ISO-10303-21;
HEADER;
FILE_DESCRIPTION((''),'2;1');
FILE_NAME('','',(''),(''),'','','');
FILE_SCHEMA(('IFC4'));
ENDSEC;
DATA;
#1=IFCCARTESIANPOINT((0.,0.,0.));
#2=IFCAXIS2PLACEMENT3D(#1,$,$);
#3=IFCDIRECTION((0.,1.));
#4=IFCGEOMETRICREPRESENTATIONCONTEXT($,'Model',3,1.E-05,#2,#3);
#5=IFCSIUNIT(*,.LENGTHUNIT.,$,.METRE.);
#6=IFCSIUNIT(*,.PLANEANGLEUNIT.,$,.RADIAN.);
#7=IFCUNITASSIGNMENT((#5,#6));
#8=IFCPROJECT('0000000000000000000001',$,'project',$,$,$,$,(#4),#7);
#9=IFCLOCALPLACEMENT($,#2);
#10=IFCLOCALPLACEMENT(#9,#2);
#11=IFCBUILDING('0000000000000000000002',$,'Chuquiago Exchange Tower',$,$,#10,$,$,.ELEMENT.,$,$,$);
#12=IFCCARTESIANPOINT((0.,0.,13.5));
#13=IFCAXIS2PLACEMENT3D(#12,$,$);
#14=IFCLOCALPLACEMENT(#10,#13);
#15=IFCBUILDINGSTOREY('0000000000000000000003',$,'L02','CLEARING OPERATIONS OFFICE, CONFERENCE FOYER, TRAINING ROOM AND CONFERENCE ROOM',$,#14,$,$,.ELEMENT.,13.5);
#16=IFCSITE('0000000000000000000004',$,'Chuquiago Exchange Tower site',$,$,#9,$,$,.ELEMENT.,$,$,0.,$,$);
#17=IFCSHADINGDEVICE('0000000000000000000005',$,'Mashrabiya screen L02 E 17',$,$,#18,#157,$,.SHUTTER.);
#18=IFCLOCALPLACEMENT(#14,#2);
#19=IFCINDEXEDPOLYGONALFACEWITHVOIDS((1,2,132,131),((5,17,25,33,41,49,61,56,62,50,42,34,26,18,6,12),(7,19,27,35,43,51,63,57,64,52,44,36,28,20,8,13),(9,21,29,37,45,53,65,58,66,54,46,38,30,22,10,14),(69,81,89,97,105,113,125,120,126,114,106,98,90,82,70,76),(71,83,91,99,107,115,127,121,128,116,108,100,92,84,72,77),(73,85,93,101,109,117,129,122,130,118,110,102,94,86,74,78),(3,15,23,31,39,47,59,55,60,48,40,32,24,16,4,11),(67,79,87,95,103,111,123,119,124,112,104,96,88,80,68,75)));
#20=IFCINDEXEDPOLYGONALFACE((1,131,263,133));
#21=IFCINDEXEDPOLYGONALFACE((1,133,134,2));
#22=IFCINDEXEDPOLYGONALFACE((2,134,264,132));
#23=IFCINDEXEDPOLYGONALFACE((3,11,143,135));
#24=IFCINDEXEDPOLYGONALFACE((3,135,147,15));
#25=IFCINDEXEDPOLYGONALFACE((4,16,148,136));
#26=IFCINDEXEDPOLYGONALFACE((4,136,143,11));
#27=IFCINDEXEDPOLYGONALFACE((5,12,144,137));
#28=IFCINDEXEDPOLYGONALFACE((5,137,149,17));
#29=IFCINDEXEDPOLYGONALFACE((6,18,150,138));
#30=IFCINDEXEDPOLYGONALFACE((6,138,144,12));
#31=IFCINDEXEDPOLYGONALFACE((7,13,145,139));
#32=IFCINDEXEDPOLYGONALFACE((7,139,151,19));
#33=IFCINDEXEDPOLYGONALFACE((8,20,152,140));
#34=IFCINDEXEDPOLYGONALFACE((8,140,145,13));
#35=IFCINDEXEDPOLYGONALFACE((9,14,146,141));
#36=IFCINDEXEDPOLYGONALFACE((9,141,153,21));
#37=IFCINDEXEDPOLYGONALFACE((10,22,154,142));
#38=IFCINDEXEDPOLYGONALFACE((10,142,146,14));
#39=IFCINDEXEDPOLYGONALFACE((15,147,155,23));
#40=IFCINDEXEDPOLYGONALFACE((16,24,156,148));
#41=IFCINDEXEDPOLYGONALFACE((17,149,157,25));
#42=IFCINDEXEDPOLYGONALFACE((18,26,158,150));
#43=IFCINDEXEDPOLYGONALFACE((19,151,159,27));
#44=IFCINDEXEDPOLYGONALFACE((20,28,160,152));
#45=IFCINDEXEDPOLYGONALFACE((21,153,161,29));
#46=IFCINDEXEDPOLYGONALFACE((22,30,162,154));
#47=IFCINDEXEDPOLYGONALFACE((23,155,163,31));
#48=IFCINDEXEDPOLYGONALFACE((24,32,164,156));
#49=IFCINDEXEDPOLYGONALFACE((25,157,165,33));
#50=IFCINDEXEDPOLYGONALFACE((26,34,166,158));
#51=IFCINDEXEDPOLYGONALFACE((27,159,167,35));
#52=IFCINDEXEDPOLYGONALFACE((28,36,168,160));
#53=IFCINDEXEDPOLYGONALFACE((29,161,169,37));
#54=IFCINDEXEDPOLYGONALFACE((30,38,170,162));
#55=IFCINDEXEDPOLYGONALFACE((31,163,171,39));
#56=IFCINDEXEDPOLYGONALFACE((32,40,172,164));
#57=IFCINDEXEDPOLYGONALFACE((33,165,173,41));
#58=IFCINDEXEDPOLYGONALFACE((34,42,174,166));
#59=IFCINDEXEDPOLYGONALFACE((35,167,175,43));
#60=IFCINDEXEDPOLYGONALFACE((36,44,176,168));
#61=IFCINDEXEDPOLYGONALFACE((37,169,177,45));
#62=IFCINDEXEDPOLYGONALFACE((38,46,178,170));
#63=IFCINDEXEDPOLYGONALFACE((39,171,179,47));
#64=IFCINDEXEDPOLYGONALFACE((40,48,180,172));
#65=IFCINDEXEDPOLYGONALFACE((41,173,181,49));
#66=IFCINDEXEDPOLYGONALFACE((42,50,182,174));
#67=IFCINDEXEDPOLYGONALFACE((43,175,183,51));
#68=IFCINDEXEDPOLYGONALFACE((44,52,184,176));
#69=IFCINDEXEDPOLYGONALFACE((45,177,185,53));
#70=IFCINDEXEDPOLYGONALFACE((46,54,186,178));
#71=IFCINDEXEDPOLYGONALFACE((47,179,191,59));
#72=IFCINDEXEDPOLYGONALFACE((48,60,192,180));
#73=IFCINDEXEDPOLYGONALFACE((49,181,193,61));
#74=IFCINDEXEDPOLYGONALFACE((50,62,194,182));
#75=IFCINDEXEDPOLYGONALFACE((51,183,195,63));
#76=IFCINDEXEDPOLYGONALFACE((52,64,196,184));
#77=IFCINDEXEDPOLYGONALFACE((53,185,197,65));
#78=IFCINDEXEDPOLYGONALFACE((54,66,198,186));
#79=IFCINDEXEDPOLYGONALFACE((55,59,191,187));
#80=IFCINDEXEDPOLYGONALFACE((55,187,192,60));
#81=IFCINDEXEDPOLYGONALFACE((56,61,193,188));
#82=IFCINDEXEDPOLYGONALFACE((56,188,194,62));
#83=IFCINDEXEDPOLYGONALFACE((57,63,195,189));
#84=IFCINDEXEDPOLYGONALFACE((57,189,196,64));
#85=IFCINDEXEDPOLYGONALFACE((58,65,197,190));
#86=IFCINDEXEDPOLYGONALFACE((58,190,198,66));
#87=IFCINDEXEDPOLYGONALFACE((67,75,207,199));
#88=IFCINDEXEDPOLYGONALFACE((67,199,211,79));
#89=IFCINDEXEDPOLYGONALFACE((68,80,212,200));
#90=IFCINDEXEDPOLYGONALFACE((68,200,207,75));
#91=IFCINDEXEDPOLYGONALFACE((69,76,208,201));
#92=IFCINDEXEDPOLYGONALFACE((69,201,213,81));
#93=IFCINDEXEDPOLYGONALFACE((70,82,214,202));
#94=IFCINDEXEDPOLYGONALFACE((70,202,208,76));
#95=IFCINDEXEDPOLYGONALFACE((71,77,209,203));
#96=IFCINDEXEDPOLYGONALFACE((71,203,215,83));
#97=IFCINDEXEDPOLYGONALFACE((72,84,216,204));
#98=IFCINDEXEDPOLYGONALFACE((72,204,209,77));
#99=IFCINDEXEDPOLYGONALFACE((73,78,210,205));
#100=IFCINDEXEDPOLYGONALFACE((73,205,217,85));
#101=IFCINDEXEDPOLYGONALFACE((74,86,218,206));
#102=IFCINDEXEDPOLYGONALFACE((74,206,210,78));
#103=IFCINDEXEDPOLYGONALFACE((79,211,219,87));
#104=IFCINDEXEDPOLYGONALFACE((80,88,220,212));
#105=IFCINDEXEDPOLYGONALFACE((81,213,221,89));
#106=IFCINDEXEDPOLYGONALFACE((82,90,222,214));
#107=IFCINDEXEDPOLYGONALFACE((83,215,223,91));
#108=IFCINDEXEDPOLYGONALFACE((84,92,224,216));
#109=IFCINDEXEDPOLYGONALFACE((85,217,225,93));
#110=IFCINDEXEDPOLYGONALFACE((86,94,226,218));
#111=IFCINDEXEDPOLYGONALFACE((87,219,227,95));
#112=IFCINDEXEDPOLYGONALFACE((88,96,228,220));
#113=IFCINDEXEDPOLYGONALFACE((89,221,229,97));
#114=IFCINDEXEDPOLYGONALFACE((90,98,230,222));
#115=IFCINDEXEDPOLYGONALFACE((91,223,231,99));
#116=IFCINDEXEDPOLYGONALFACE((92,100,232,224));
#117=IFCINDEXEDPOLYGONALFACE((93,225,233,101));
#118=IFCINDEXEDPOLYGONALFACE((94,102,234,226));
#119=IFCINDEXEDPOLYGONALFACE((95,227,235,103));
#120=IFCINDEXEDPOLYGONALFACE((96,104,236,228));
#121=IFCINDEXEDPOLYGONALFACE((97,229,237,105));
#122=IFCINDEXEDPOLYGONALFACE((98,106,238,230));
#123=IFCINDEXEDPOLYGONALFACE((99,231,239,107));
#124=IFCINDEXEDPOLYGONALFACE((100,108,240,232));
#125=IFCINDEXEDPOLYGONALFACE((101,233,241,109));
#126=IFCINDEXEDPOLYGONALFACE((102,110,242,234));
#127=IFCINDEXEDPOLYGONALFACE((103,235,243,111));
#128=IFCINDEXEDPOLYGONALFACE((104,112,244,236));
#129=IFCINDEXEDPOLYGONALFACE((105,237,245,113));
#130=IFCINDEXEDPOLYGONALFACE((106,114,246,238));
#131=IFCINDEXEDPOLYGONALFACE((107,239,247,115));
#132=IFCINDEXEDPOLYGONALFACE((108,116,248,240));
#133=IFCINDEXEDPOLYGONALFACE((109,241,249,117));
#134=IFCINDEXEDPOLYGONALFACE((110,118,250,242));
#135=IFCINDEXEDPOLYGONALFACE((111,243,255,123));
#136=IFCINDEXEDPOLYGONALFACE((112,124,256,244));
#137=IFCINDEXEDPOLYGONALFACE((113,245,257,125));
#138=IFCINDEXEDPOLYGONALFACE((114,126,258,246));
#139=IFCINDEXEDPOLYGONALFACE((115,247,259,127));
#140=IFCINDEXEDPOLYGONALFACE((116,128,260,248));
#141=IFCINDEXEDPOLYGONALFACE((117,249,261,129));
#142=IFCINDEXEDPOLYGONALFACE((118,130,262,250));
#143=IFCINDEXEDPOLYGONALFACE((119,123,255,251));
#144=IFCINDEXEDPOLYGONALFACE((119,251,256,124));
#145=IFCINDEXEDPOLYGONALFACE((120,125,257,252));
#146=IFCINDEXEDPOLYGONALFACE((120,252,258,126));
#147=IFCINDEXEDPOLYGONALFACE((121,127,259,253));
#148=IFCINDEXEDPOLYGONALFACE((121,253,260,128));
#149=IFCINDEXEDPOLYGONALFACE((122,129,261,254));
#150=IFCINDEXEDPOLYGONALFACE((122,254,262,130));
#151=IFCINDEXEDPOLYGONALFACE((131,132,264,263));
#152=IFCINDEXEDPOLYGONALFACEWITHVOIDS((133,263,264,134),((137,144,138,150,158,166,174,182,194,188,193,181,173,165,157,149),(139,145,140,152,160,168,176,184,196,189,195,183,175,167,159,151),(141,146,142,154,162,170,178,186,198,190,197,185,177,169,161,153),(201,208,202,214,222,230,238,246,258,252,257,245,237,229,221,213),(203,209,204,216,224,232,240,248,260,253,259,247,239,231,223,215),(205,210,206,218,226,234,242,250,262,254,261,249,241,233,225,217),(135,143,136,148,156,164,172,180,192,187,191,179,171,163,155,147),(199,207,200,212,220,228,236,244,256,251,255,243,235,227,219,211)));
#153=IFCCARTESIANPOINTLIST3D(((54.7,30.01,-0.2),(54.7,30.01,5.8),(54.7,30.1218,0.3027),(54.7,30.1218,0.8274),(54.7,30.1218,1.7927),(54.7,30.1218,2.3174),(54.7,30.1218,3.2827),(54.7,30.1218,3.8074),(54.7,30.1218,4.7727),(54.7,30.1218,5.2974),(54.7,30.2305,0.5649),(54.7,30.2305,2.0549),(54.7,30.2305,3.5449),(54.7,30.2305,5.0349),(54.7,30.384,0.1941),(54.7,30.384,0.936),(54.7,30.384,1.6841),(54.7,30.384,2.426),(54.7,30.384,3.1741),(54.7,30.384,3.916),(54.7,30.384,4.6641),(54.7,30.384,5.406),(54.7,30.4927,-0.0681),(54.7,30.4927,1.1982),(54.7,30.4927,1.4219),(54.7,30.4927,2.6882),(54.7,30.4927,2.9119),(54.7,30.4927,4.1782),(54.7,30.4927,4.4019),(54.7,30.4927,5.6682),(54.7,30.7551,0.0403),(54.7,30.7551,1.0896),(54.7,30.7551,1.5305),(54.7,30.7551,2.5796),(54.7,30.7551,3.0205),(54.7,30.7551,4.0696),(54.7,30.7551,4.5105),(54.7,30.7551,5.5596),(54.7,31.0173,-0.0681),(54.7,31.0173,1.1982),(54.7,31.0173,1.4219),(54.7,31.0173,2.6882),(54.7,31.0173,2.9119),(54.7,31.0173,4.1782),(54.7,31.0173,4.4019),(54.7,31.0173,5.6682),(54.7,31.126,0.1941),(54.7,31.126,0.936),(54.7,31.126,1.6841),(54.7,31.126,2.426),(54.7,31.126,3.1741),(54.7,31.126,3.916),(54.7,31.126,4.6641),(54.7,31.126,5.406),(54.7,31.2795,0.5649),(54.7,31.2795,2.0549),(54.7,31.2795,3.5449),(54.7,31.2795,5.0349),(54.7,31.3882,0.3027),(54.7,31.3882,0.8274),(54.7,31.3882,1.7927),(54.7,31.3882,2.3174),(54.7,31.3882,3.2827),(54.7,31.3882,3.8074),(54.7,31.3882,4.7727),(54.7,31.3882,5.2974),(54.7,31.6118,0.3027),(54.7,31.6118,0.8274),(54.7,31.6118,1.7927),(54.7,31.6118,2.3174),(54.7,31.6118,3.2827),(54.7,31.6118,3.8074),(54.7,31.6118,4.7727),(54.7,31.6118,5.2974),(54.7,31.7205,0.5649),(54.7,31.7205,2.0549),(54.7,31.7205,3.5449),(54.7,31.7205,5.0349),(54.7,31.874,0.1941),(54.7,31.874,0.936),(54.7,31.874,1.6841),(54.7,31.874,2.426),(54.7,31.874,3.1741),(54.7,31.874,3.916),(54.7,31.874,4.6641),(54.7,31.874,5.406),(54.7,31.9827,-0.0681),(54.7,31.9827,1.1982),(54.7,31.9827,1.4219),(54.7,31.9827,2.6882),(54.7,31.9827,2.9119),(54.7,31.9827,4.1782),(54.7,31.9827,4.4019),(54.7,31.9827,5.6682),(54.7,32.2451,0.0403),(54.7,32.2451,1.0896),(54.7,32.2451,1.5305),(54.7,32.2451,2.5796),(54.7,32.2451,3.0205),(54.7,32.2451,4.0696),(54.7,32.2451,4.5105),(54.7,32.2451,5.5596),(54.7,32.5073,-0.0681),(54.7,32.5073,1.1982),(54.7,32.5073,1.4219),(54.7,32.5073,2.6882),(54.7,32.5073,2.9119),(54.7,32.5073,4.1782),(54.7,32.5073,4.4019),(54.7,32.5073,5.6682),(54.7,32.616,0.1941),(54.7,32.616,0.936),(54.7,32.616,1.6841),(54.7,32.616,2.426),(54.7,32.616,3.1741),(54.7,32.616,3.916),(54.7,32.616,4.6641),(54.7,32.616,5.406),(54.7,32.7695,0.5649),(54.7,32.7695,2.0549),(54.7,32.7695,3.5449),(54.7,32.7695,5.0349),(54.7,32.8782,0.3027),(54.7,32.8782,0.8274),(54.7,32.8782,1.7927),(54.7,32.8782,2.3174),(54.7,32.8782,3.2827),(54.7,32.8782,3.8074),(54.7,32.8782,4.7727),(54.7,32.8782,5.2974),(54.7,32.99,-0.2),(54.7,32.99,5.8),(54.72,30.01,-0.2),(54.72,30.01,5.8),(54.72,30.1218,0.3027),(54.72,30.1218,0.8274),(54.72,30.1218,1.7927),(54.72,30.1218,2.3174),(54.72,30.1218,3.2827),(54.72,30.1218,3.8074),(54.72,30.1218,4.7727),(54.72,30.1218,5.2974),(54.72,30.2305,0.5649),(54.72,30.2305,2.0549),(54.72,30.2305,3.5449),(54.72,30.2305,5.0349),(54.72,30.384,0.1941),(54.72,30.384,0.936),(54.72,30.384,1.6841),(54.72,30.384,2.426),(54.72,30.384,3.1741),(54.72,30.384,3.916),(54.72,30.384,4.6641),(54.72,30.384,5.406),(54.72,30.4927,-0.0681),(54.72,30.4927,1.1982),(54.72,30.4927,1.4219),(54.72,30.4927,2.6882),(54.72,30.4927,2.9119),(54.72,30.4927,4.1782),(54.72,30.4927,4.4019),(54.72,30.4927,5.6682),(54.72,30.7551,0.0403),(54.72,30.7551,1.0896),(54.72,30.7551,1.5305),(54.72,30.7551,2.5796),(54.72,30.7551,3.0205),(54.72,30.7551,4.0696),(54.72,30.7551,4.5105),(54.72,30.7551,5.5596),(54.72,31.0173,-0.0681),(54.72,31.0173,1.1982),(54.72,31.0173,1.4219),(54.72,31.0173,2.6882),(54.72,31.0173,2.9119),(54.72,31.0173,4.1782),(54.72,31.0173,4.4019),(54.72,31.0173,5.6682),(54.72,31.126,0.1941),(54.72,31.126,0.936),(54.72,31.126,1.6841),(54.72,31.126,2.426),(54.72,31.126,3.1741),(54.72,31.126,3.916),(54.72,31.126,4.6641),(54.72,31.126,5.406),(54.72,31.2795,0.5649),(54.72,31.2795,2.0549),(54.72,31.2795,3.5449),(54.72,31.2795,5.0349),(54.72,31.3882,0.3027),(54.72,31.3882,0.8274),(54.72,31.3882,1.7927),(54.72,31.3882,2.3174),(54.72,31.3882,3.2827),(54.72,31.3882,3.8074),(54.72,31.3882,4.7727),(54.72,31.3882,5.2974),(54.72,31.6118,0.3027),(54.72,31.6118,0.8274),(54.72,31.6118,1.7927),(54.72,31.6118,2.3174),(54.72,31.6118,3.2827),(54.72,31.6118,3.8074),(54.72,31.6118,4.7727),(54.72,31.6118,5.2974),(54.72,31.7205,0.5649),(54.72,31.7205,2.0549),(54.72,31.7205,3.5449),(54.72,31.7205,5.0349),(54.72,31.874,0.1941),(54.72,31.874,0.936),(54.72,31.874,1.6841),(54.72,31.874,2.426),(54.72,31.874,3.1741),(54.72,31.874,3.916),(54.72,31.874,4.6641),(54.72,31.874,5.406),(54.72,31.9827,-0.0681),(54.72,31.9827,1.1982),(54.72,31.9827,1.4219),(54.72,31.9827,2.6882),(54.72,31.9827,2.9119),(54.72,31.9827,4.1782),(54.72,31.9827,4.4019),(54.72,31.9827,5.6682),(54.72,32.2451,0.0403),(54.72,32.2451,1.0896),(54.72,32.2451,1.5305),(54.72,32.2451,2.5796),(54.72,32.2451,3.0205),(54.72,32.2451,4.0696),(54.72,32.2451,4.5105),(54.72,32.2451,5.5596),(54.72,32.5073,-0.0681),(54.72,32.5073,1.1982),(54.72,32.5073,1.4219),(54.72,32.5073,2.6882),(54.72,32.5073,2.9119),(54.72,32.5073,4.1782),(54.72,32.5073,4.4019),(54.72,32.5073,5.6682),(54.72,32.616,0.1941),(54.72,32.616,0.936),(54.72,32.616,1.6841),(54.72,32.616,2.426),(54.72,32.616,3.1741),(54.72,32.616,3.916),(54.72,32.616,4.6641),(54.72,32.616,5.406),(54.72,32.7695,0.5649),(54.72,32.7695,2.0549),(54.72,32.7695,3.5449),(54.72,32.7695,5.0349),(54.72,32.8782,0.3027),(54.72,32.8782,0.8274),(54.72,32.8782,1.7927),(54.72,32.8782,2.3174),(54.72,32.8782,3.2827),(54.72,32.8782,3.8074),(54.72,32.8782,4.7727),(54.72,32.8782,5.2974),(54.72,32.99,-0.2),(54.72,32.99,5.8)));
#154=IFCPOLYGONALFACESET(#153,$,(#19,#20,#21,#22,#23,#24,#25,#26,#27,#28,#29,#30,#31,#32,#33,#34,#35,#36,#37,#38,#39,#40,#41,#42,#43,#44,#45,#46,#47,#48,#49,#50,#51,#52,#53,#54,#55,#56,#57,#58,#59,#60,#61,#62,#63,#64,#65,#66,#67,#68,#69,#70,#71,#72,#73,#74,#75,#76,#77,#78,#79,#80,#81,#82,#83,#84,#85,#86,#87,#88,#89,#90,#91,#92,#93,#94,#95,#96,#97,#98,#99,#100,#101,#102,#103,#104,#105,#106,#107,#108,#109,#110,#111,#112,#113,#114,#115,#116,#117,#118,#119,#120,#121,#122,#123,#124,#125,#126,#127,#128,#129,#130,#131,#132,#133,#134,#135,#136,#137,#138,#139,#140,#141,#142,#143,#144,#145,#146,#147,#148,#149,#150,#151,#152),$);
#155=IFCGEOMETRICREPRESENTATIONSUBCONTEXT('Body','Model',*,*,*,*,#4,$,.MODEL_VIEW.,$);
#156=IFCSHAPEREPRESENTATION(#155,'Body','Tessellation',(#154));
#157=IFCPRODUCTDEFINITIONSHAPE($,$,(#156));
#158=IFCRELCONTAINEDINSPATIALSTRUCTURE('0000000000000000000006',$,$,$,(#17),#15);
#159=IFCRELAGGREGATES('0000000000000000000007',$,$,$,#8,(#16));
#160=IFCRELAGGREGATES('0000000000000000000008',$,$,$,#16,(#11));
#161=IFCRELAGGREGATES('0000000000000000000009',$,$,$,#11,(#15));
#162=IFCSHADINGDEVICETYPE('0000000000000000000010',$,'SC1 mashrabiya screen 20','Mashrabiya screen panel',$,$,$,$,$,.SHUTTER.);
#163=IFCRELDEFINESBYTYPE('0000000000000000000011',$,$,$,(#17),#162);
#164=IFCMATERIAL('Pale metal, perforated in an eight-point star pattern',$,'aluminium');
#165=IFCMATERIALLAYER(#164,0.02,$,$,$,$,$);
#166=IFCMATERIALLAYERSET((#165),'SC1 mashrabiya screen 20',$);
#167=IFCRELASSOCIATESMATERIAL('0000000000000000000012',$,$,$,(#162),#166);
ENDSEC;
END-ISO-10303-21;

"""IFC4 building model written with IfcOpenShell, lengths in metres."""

from ifc_helpers import new_model, si_unit, direction, frame, origin, place, context, subcontext, project, spatial, polyline, outline, extrude, material, layer, layer_set, type_object, element, save


model = new_model("IFC4")

# Units and contexts
model_context = context("Model", 3, precision=1e-05, world=origin(), true_north=direction((0.0, 1.0)))
body_context = subcontext(model_context, "Body", "Model", "MODEL_VIEW")
ifc_project = project(units=[si_unit("LENGTHUNIT", "METRE"), si_unit("PLANEANGLEUNIT", "RADIAN")], contexts=[model_context])

# Site, building, storey
site_placement = place(None, origin())
site = spatial("IfcSite", under=ifc_project, at=site_placement, Name="Chuquiago Exchange Tower site", CompositionType="ELEMENT", RefElevation=0.0)
building_placement = place(site_placement, origin())
building = spatial("IfcBuilding", under=site, at=building_placement, Name="Chuquiago Exchange Tower", CompositionType="ELEMENT")
storey_placement = place(building_placement, frame((0.0, 0.0, 13.5)))
storey = spatial("IfcBuildingStorey", under=building, at=storey_placement, Name="L02", Description="CLEARING OPERATIONS OFFICE, CONFERENCE FOYER, TRAINING ROOM AND CONFERENCE ROOM", CompositionType="ELEMENT", Elevation=13.5)

# Shading device
ifc_material_1 = material(Name="Pale metal, perforated in an eight-point star pattern", Category="aluminium")
ifc_layer_1 = layer(ifc_material_1, 0.02)
ifc_layer_set_1 = layer_set([ifc_layer_1], Name="SC1 mashrabiya screen 20")
shading_device_type = type_object("IfcShadingDeviceType", Name="SC1 mashrabiya screen 20", Description="Mashrabiya screen panel", PredefinedType="SHUTTER", material=ifc_layer_set_1)
shading_device_1_placement = place(storey_placement, frame((54.7, 30.01, -0.2), z_axis=(0.0, 0.0, 1.0), x_axis=(0.0, 1.0, 0.0)))
element("IfcShadingDevice", 1, at=shading_device_1_placement, inside=storey, type_object=shading_device_type, Name="Mashrabiya screen L02 E 17", PredefinedType="SHUTTER", context=body_context, shape_type="SweptSolid", body=[
    extrude(outline(polyline([(0.0, 0.0), (2.98, 0.0), (2.98, 6.0), (0.0, 6.0), (0.0, 0.0)]), holes=[polyline([(1.2695, 0.7649), (1.3782, 1.0273), (1.116, 1.136), (1.0073, 1.3982), (0.7451, 1.2896), (0.4827, 1.3982), (0.374, 1.136), (0.1118, 1.0273), (0.2205, 0.7649), (0.1118, 0.5027), (0.374, 0.394), (0.4827, 0.1318), (0.7451, 0.2402), (1.0073, 0.1318), (1.116, 0.394), (1.3782, 0.5027), (1.2695, 0.7649)]), polyline([(2.7595, 0.7649), (2.8682, 1.0273), (2.606, 1.136), (2.4973, 1.3982), (2.2351, 1.2896), (1.9727, 1.3982), (1.864, 1.136), (1.6018, 1.0273), (1.7104, 0.7649), (1.6018, 0.5027), (1.864, 0.394), (1.9727, 0.1318), (2.2351, 0.2402), (2.4973, 0.1318), (2.606, 0.394), (2.8682, 0.5027), (2.7595, 0.7649)]), polyline([(1.2695, 2.2549), (1.3782, 2.5173), (1.116, 2.626), (1.0073, 2.8882), (0.7451, 2.7795), (0.4827, 2.8882), (0.374, 2.626), (0.1118, 2.5173), (0.2205, 2.2549), (0.1118, 1.9927), (0.374, 1.884), (0.4827, 1.6218), (0.7451, 1.7305), (1.0073, 1.6218), (1.116, 1.884), (1.3782, 1.9927), (1.2695, 2.2549)]), polyline([(2.7595, 2.2549), (2.8682, 2.5173), (2.606, 2.626), (2.4973, 2.8882), (2.2351, 2.7795), (1.9727, 2.8882), (1.864, 2.626), (1.6018, 2.5173), (1.7104, 2.2549), (1.6018, 1.9927), (1.864, 1.884), (1.9727, 1.6218), (2.2351, 1.7305), (2.4973, 1.6218), (2.606, 1.884), (2.8682, 1.9927), (2.7595, 2.2549)]), polyline([(1.2695, 3.7449), (1.3782, 4.0073), (1.116, 4.116), (1.0073, 4.3782), (0.7451, 4.2695), (0.4827, 4.3782), (0.374, 4.116), (0.1118, 4.0073), (0.2205, 3.7449), (0.1118, 3.4827), (0.374, 3.374), (0.4827, 3.1118), (0.7451, 3.2205), (1.0073, 3.1118), (1.116, 3.374), (1.3782, 3.4827), (1.2695, 3.7449)]), polyline([(2.7595, 3.7449), (2.8682, 4.0073), (2.606, 4.116), (2.4973, 4.3782), (2.2351, 4.2695), (1.9727, 4.3782), (1.864, 4.116), (1.6018, 4.0073), (1.7104, 3.7449), (1.6018, 3.4827), (1.864, 3.374), (1.9727, 3.1118), (2.2351, 3.2205), (2.4973, 3.1118), (2.606, 3.374), (2.8682, 3.4827), (2.7595, 3.7449)]), polyline([(1.2695, 5.2349), (1.3782, 5.4973), (1.116, 5.606), (1.0073, 5.8682), (0.7451, 5.7595), (0.4827, 5.8682), (0.374, 5.606), (0.1118, 5.4973), (0.2205, 5.2349), (0.1118, 4.9727), (0.374, 4.864), (0.4827, 4.6018), (0.7451, 4.7104), (1.0073, 4.6018), (1.116, 4.864), (1.3782, 4.9727), (1.2695, 5.2349)]), polyline([(2.7595, 5.2349), (2.8682, 5.4973), (2.606, 5.606), (2.4973, 5.8682), (2.2351, 5.7595), (1.9727, 5.8682), (1.864, 5.606), (1.6018, 5.4973), (1.7104, 5.2349), (1.6018, 4.9727), (1.864, 4.864), (1.9727, 4.6018), (2.2351, 4.7104), (2.4973, 4.6018), (2.606, 4.864), (2.8682, 4.9727), (2.7595, 5.2349)])]), frame((0.0, 0.0, 0.0), z_axis=(0.0, -1.0, 0.0), x_axis=(1.0, 0.0, 0.0)), (0.0, 0.0, 1.0), 0.02),
])

save(model, "model.ifc")
